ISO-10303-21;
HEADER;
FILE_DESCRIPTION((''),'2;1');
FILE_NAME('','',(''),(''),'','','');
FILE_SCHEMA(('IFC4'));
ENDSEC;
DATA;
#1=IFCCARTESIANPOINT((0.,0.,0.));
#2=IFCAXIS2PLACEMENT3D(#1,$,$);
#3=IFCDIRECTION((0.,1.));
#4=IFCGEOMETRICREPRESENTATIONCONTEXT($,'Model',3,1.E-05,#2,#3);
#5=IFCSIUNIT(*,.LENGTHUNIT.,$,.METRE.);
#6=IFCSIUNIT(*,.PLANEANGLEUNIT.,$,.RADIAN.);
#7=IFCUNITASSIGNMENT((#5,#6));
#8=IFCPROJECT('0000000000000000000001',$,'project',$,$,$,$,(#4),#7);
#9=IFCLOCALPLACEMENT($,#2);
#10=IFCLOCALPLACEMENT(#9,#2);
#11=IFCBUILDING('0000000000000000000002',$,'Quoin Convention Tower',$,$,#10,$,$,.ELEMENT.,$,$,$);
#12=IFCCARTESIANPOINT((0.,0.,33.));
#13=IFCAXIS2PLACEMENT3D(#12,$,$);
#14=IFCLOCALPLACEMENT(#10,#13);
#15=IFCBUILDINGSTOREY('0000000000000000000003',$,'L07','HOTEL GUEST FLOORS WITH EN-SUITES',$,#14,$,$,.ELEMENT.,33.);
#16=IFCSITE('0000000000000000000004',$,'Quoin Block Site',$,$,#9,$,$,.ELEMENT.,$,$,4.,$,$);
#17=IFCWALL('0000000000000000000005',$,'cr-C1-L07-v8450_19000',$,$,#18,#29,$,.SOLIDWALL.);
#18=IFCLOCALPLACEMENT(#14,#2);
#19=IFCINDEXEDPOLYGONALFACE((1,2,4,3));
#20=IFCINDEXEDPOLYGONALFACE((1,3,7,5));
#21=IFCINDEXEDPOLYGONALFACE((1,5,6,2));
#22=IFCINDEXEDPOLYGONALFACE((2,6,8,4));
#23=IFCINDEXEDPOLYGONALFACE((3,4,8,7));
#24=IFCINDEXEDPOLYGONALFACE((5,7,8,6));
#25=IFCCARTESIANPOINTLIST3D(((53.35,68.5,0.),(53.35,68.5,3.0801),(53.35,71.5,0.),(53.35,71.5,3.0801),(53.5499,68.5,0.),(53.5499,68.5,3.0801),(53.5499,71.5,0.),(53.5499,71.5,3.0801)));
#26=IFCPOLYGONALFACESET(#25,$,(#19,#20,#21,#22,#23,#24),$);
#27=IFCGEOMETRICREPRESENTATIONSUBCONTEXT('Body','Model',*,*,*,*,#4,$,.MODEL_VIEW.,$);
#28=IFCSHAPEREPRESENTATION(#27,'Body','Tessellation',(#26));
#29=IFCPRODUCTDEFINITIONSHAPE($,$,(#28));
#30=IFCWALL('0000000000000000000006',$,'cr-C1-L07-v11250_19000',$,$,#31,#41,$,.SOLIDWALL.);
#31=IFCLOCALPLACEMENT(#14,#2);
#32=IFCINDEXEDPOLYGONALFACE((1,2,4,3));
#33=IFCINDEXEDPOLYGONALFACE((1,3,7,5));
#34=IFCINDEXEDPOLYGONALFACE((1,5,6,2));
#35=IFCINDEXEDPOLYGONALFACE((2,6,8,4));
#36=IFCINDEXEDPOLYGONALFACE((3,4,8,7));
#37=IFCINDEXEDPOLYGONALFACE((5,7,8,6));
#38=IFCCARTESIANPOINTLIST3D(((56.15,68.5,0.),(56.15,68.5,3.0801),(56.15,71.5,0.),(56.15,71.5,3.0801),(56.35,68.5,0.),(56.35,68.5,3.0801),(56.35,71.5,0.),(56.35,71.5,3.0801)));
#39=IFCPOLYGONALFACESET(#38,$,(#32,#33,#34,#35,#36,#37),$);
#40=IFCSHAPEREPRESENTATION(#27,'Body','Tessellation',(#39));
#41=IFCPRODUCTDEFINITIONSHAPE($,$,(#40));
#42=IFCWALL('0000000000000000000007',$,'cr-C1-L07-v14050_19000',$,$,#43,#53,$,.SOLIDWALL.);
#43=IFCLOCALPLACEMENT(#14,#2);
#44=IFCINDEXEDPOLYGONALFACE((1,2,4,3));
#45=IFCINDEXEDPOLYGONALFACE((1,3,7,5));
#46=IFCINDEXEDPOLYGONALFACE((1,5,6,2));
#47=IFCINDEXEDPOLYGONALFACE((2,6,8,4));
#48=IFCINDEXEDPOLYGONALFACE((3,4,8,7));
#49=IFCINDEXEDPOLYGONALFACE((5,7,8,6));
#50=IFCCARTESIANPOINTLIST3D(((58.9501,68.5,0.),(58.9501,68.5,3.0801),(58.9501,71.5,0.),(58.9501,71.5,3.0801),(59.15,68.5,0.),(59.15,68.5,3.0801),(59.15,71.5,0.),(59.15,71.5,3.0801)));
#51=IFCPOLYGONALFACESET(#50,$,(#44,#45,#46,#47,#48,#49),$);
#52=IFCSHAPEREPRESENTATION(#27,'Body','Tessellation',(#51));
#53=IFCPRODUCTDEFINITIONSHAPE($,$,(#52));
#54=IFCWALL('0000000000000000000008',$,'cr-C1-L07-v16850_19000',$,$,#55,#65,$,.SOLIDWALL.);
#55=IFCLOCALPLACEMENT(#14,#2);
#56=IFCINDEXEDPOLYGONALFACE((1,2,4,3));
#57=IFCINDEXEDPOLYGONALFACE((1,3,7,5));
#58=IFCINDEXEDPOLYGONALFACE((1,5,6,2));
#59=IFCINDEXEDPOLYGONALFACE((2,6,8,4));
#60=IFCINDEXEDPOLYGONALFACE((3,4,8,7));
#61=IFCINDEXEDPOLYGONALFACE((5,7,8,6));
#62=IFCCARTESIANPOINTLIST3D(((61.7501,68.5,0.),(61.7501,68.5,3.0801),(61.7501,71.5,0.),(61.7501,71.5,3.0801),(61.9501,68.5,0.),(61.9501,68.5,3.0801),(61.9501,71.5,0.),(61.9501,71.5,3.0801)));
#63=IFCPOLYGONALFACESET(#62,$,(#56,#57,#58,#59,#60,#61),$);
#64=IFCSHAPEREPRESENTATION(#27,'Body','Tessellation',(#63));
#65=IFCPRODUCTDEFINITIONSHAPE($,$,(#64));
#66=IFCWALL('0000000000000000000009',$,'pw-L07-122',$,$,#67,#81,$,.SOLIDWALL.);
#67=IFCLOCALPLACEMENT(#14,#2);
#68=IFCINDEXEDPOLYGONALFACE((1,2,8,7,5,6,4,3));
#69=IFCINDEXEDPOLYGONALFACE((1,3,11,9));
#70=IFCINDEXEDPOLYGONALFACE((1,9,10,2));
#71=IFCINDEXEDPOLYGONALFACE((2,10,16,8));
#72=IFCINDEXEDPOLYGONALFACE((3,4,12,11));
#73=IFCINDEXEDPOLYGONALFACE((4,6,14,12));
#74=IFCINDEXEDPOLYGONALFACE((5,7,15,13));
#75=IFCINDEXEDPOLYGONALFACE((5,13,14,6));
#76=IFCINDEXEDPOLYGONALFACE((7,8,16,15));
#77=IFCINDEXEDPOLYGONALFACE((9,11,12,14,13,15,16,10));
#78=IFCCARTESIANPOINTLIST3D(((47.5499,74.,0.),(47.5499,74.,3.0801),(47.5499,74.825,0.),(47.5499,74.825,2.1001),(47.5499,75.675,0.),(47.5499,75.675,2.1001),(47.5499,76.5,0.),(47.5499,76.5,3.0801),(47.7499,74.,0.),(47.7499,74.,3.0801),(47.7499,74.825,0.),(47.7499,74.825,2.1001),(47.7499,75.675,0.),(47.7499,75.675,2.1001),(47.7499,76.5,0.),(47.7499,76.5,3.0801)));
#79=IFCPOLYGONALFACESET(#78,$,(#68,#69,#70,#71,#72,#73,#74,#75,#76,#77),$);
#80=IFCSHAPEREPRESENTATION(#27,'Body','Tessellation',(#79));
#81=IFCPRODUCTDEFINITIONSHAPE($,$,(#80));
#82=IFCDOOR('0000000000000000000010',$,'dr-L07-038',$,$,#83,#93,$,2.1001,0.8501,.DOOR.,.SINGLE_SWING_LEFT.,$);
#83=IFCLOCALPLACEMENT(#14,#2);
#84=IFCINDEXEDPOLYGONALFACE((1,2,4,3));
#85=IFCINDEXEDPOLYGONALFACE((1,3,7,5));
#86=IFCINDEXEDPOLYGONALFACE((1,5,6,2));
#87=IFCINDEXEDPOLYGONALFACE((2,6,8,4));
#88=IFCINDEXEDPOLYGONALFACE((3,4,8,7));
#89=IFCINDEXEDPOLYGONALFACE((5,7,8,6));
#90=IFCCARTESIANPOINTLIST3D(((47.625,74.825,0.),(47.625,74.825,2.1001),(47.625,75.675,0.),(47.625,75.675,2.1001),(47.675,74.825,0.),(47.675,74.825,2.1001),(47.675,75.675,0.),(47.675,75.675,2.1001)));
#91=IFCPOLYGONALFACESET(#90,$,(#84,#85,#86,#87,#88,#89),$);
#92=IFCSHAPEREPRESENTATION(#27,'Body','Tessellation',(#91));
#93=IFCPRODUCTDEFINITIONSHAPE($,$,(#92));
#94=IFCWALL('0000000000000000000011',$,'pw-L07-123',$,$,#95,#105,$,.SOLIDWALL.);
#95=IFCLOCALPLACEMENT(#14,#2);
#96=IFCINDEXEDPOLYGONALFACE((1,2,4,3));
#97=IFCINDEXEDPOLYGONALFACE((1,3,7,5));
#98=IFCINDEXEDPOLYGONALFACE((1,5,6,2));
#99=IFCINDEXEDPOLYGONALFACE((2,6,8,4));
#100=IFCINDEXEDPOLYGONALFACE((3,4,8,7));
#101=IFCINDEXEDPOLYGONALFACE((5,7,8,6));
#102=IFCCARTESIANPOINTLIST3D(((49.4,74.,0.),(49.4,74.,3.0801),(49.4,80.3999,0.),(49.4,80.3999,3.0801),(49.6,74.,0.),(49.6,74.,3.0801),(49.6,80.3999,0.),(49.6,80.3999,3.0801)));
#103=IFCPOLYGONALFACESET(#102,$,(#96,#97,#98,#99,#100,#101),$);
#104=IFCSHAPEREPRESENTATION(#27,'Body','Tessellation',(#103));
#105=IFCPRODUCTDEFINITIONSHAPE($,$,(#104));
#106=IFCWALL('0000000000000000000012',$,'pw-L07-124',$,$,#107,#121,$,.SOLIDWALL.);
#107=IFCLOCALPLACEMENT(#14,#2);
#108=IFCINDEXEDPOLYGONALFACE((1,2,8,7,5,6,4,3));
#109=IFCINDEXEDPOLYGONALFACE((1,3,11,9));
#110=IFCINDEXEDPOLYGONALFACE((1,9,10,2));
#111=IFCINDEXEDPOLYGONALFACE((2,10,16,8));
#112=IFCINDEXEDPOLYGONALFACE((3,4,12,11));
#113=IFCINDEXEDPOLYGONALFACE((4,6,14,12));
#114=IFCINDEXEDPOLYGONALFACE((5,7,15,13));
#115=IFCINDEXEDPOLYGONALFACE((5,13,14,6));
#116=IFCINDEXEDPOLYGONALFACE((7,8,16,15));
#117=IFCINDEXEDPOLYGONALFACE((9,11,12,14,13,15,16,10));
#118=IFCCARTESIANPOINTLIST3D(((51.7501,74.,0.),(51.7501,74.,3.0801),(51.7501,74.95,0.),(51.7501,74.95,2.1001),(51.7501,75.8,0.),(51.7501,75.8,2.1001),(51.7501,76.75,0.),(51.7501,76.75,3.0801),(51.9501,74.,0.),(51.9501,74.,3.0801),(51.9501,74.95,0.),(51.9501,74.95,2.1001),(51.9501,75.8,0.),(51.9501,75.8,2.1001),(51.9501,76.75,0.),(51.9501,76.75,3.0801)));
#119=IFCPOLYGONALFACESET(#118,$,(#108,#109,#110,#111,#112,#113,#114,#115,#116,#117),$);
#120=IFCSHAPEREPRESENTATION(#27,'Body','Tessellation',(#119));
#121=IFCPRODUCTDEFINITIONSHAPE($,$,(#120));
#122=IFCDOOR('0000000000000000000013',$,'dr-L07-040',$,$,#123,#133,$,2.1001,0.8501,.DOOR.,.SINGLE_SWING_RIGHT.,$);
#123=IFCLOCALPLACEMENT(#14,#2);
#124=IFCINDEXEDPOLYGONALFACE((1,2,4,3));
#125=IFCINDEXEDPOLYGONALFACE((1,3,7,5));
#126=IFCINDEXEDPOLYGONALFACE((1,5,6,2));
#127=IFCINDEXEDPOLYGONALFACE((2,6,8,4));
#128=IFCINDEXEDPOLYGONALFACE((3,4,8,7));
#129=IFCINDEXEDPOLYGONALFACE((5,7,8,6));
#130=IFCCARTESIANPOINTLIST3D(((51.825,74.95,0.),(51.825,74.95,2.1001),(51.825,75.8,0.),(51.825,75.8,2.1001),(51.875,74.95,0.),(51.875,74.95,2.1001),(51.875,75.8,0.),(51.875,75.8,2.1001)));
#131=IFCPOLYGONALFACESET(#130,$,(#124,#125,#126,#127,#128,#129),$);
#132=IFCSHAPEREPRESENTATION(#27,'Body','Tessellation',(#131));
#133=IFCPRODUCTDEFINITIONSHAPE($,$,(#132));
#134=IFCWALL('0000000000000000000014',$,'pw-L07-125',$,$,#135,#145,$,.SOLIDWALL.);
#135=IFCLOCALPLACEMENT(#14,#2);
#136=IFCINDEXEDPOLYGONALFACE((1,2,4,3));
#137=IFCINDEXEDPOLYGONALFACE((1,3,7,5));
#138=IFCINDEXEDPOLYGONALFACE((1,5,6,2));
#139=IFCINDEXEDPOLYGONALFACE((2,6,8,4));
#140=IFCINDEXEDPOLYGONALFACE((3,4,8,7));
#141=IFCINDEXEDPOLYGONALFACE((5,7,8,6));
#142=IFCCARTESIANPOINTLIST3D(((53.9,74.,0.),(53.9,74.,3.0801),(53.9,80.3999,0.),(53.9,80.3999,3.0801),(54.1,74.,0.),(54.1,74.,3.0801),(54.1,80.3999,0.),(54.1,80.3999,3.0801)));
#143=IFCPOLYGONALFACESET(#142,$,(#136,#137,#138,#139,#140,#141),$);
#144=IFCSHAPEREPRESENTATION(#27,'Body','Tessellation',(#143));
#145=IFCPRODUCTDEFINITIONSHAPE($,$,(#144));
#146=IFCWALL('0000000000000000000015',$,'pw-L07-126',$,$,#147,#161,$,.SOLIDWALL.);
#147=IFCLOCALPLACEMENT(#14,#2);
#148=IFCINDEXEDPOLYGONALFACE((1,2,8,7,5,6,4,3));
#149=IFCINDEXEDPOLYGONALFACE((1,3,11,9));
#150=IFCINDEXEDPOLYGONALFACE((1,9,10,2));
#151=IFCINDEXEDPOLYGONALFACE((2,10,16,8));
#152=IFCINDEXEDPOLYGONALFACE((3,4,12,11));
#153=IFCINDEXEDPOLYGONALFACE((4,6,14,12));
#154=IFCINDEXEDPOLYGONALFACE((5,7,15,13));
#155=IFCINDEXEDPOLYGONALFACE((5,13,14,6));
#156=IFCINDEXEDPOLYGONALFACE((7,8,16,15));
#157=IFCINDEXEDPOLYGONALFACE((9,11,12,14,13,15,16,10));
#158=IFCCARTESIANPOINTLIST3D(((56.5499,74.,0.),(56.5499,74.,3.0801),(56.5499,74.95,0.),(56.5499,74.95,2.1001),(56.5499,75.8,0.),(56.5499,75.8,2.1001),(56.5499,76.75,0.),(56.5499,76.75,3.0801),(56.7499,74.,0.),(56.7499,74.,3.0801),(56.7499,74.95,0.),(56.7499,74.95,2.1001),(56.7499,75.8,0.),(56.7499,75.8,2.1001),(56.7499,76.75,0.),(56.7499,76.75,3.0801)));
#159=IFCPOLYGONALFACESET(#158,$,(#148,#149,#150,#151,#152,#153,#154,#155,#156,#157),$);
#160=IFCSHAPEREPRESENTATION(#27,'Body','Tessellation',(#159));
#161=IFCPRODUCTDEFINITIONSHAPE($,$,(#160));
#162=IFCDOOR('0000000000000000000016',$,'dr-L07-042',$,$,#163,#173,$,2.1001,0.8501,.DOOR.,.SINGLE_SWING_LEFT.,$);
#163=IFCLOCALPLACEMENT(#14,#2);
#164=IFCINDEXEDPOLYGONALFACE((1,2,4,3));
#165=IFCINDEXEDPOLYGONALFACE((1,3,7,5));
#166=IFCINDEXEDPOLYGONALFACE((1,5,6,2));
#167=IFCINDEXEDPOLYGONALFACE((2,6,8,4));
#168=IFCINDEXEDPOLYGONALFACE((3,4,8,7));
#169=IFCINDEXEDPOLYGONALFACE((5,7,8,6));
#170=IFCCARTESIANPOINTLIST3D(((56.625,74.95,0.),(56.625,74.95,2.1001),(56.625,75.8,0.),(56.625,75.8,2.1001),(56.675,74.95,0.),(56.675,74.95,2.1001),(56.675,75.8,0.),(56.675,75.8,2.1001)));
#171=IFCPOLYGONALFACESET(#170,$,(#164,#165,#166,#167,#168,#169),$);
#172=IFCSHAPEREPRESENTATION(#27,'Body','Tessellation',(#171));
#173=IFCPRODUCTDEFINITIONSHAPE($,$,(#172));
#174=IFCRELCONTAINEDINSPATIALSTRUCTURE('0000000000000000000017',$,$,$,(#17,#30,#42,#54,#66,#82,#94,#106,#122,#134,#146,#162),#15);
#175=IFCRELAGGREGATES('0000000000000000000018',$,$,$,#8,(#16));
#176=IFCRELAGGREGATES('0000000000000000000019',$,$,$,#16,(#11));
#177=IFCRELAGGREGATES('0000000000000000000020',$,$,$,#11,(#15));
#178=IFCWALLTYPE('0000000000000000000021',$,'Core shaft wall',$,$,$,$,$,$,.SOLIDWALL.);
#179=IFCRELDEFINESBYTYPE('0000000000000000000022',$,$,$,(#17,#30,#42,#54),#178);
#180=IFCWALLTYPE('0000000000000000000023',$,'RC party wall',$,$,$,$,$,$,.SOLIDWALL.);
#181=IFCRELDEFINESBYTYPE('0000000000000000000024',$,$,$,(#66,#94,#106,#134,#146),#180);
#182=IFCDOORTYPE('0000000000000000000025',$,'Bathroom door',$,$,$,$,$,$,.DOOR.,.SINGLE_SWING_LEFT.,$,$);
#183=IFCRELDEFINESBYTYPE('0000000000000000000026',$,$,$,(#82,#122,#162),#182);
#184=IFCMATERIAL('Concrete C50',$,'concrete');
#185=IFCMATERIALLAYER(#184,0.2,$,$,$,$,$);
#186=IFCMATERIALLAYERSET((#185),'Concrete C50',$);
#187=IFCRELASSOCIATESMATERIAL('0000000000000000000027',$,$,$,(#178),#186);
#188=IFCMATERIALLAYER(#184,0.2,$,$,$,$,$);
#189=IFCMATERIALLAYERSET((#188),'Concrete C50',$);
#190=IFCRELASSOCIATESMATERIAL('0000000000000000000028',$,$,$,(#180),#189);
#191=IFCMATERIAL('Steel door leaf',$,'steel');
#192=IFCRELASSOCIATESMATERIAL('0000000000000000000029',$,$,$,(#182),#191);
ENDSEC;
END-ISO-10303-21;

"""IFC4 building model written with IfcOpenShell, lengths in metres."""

from ifc_helpers import new_model, si_unit, direction, frame, frame_2d, origin, place, context, subcontext, project, spatial, rectangle, extrude, material, layer, layer_set, type_object, element, fill, save


model = new_model("IFC4")

# Units and contexts
model_context = context("Model", 3, precision=1e-05, world=origin(), true_north=direction((0.0, 1.0)))
body_context = subcontext(model_context, "Body", "Model", "MODEL_VIEW")
ifc_project = project(units=[si_unit("LENGTHUNIT", "METRE"), si_unit("PLANEANGLEUNIT", "RADIAN")], contexts=[model_context])

# Site, building, storey
site_placement = place(None, origin())
site = spatial("IfcSite", under=ifc_project, at=site_placement, Name="Quoin Block Site", CompositionType="ELEMENT", RefElevation=4.0)
building_placement = place(site_placement, origin())
building = spatial("IfcBuilding", under=site, at=building_placement, Name="Quoin Convention Tower", CompositionType="ELEMENT")
storey_placement = place(building_placement, frame((0.0, 0.0, 33.0)))
storey = spatial("IfcBuildingStorey", under=building, at=storey_placement, Name="L07", Description="HOTEL GUEST FLOORS WITH EN-SUITES", CompositionType="ELEMENT", Elevation=33.0)

# Shared definitions
ifc_material_1 = material(Name="Steel door leaf", Category="steel")

# Shared definitions
ifc_material_2 = material(Name="Concrete C50", Category="concrete")
ifc_layer_1 = layer(ifc_material_2, 0.2)
ifc_layer_set_1 = layer_set([ifc_layer_1], Name="Concrete C50")
wall_type_1 = type_object("IfcWallType", Name="Core shaft wall", PredefinedType="SOLIDWALL", material=ifc_layer_set_1)

# Walls
for number, where, z_axis, x_axis, name in (
    (1, (53.45, 68.5, 0.0), (0.0, 0.0, 1.0), (0.0, 1.0, 0.0), "cr-C1-L07-v8450_19000"),
    (2, (56.25, 68.5, 0.0), (0.0, 0.0, 1.0), (0.0, 1.0, 0.0), "cr-C1-L07-v11250_19000"),
    (3, (59.05, 68.5, 0.0), (0.0, 0.0, 1.0), (0.0, 1.0, 0.0), "cr-C1-L07-v14050_19000"),
    (4, (61.8501, 68.5, 0.0), (0.0, 0.0, 1.0), (0.0, 1.0, 0.0), "cr-C1-L07-v16850_19000"),
):
    element("IfcWall", number, at=place(storey_placement, frame(where, z_axis=z_axis, x_axis=x_axis)), inside=storey, type_object=wall_type_1, Name=name, PredefinedType="SOLIDWALL", context=body_context, shape_type="SweptSolid", body=[
        extrude(rectangle(XDim=3.0, YDim=0.2, at=frame_2d((1.5, 0.0))), origin(), (0.0, 0.0, 1.0), 3.0801),
    ])

# Wall, opening, door
ifc_layer_2 = layer(ifc_material_2, 0.2)
ifc_layer_set_2 = layer_set([ifc_layer_2], Name="Concrete C50")
wall_type_2 = type_object("IfcWallType", Name="RC party wall", PredefinedType="SOLIDWALL", material=ifc_layer_set_2)
wall_1_placement = place(storey_placement, frame((47.6499, 74.0, 0.0), z_axis=(0.0, 0.0, 1.0), x_axis=(0.0, 1.0, 0.0)))
wall_1 = element("IfcWall", 5, at=wall_1_placement, inside=storey, type_object=wall_type_2, Name="pw-L07-122", PredefinedType="SOLIDWALL", context=body_context, shape_type="SweptSolid", body=[
    extrude(rectangle(XDim=2.5, YDim=0.2, at=frame_2d((1.25, 0.0))), origin(), (0.0, 0.0, 1.0), 3.0801),
])
opening_1_placement = place(wall_1_placement, frame((0.825, 0.0, 0.0)))
opening_1 = element("IfcOpeningElement", 6, at=opening_1_placement, cuts=wall_1, PredefinedType="OPENING", context=body_context, shape_type="SweptSolid", body=[
    extrude(rectangle(XDim=0.8501, YDim=2.1001, at=frame_2d((0.425, 1.05))), frame((0.0, 0.1099, 0.0), z_axis=(0.0, -1.0, 0.0), x_axis=(1.0, 0.0, 0.0)), (0.0, 0.0, 1.0), 0.22),
])
door_type_1 = type_object("IfcDoorType", Name="Bathroom door", OperationType="SINGLE_SWING_LEFT", PredefinedType="DOOR", material=ifc_material_1)
door_1_placement = place(opening_1_placement, origin())
door_1 = element("IfcDoor", 7, at=door_1_placement, inside=storey, type_object=door_type_1, Name="dr-L07-038", OperationType="SINGLE_SWING_LEFT", OverallHeight=2.1001, OverallWidth=0.8501, PredefinedType="DOOR", context=body_context, shape_type="SweptSolid", body=[
    extrude(rectangle(XDim=0.8501, YDim=2.1001, at=frame_2d((0.425, 1.05))), frame((0.0, 0.0249, 0.0), z_axis=(0.0, -1.0, 0.0), x_axis=(1.0, 0.0, 0.0)), (0.0, 0.0, 1.0), 0.05),
])
fill(opening_1, door_1)

# Wall
wall_2_placement = place(storey_placement, frame((49.5, 74.0, 0.0), z_axis=(0.0, 0.0, 1.0), x_axis=(0.0, 1.0, 0.0)))
element("IfcWall", 8, at=wall_2_placement, inside=storey, type_object=wall_type_2, Name="pw-L07-123", PredefinedType="SOLIDWALL", context=body_context, shape_type="SweptSolid", body=[
    extrude(rectangle(XDim=6.3999, YDim=0.2, at=frame_2d((3.2, 0.0))), origin(), (0.0, 0.0, 1.0), 3.0801),
])

# Wall, opening, door
wall_3_placement = place(storey_placement, frame((51.8501, 74.0, 0.0), z_axis=(0.0, 0.0, 1.0), x_axis=(0.0, 1.0, 0.0)))
wall_3 = element("IfcWall", 9, at=wall_3_placement, inside=storey, type_object=wall_type_2, Name="pw-L07-124", PredefinedType="SOLIDWALL", context=body_context, shape_type="SweptSolid", body=[
    extrude(rectangle(XDim=2.75, YDim=0.2, at=frame_2d((1.375, 0.0))), origin(), (0.0, 0.0, 1.0), 3.0801),
])
opening_2_placement = place(wall_3_placement, frame((0.95, 0.0, 0.0)))
opening_2 = element("IfcOpeningElement", 10, at=opening_2_placement, cuts=wall_3, PredefinedType="OPENING", context=body_context, shape_type="SweptSolid", body=[
    extrude(rectangle(XDim=0.8501, YDim=2.1001, at=frame_2d((0.425, 1.05))), frame((0.0, 0.1099, 0.0), z_axis=(0.0, -1.0, 0.0), x_axis=(1.0, 0.0, 0.0)), (0.0, 0.0, 1.0), 0.22),
])
door_2_placement = place(opening_2_placement, frame((0.8501, 0.0, 0.0), z_axis=(0.0, 0.0, 1.0), x_axis=(-1.0, 0.0, 0.0)))
door_2 = element("IfcDoor", 11, at=door_2_placement, inside=storey, type_object=door_type_1, Name="dr-L07-040", OperationType="SINGLE_SWING_RIGHT", OverallHeight=2.1001, OverallWidth=0.8501, PredefinedType="DOOR", context=body_context, shape_type="SweptSolid", body=[
    extrude(rectangle(XDim=0.8501, YDim=2.1001, at=frame_2d((0.425, 1.05))), frame((0.0, 0.0249, 0.0), z_axis=(0.0, -1.0, 0.0), x_axis=(1.0, 0.0, 0.0)), (0.0, 0.0, 1.0), 0.05),
])
fill(opening_2, door_2)

# Wall
wall_4_placement = place(storey_placement, frame((54.0, 74.0, 0.0), z_axis=(0.0, 0.0, 1.0), x_axis=(0.0, 1.0, 0.0)))
element("IfcWall", 12, at=wall_4_placement, inside=storey, type_object=wall_type_2, Name="pw-L07-125", PredefinedType="SOLIDWALL", context=body_context, shape_type="SweptSolid", body=[
    extrude(rectangle(XDim=6.3999, YDim=0.2, at=frame_2d((3.2, 0.0))), origin(), (0.0, 0.0, 1.0), 3.0801),
])

# Wall, opening, door
wall_5_placement = place(storey_placement, frame((56.6499, 74.0, 0.0), z_axis=(0.0, 0.0, 1.0), x_axis=(0.0, 1.0, 0.0)))
wall_5 = element("IfcWall", 13, at=wall_5_placement, inside=storey, type_object=wall_type_2, Name="pw-L07-126", PredefinedType="SOLIDWALL", context=body_context, shape_type="SweptSolid", body=[
    extrude(rectangle(XDim=2.75, YDim=0.2, at=frame_2d((1.375, 0.0))), origin(), (0.0, 0.0, 1.0), 3.0801),
])
opening_3_placement = place(wall_5_placement, frame((0.95, 0.0, 0.0)))
opening_3 = element("IfcOpeningElement", 14, at=opening_3_placement, cuts=wall_5, PredefinedType="OPENING", context=body_context, shape_type="SweptSolid", body=[
    extrude(rectangle(XDim=0.8501, YDim=2.1001, at=frame_2d((0.425, 1.05))), frame((0.0, 0.1099, 0.0), z_axis=(0.0, -1.0, 0.0), x_axis=(1.0, 0.0, 0.0)), (0.0, 0.0, 1.0), 0.22),
])
door_3_placement = place(opening_3_placement, origin())
door_3 = element("IfcDoor", 15, at=door_3_placement, inside=storey, type_object=door_type_1, Name="dr-L07-042", OperationType="SINGLE_SWING_LEFT", OverallHeight=2.1001, OverallWidth=0.8501, PredefinedType="DOOR", context=body_context, shape_type="SweptSolid", body=[
    extrude(rectangle(XDim=0.8501, YDim=2.1001, at=frame_2d((0.425, 1.05))), frame((0.0, 0.0249, 0.0), z_axis=(0.0, -1.0, 0.0), x_axis=(1.0, 0.0, 0.0)), (0.0, 0.0, 1.0), 0.05),
])
fill(opening_3, door_3)

save(model, "model.ifc")
